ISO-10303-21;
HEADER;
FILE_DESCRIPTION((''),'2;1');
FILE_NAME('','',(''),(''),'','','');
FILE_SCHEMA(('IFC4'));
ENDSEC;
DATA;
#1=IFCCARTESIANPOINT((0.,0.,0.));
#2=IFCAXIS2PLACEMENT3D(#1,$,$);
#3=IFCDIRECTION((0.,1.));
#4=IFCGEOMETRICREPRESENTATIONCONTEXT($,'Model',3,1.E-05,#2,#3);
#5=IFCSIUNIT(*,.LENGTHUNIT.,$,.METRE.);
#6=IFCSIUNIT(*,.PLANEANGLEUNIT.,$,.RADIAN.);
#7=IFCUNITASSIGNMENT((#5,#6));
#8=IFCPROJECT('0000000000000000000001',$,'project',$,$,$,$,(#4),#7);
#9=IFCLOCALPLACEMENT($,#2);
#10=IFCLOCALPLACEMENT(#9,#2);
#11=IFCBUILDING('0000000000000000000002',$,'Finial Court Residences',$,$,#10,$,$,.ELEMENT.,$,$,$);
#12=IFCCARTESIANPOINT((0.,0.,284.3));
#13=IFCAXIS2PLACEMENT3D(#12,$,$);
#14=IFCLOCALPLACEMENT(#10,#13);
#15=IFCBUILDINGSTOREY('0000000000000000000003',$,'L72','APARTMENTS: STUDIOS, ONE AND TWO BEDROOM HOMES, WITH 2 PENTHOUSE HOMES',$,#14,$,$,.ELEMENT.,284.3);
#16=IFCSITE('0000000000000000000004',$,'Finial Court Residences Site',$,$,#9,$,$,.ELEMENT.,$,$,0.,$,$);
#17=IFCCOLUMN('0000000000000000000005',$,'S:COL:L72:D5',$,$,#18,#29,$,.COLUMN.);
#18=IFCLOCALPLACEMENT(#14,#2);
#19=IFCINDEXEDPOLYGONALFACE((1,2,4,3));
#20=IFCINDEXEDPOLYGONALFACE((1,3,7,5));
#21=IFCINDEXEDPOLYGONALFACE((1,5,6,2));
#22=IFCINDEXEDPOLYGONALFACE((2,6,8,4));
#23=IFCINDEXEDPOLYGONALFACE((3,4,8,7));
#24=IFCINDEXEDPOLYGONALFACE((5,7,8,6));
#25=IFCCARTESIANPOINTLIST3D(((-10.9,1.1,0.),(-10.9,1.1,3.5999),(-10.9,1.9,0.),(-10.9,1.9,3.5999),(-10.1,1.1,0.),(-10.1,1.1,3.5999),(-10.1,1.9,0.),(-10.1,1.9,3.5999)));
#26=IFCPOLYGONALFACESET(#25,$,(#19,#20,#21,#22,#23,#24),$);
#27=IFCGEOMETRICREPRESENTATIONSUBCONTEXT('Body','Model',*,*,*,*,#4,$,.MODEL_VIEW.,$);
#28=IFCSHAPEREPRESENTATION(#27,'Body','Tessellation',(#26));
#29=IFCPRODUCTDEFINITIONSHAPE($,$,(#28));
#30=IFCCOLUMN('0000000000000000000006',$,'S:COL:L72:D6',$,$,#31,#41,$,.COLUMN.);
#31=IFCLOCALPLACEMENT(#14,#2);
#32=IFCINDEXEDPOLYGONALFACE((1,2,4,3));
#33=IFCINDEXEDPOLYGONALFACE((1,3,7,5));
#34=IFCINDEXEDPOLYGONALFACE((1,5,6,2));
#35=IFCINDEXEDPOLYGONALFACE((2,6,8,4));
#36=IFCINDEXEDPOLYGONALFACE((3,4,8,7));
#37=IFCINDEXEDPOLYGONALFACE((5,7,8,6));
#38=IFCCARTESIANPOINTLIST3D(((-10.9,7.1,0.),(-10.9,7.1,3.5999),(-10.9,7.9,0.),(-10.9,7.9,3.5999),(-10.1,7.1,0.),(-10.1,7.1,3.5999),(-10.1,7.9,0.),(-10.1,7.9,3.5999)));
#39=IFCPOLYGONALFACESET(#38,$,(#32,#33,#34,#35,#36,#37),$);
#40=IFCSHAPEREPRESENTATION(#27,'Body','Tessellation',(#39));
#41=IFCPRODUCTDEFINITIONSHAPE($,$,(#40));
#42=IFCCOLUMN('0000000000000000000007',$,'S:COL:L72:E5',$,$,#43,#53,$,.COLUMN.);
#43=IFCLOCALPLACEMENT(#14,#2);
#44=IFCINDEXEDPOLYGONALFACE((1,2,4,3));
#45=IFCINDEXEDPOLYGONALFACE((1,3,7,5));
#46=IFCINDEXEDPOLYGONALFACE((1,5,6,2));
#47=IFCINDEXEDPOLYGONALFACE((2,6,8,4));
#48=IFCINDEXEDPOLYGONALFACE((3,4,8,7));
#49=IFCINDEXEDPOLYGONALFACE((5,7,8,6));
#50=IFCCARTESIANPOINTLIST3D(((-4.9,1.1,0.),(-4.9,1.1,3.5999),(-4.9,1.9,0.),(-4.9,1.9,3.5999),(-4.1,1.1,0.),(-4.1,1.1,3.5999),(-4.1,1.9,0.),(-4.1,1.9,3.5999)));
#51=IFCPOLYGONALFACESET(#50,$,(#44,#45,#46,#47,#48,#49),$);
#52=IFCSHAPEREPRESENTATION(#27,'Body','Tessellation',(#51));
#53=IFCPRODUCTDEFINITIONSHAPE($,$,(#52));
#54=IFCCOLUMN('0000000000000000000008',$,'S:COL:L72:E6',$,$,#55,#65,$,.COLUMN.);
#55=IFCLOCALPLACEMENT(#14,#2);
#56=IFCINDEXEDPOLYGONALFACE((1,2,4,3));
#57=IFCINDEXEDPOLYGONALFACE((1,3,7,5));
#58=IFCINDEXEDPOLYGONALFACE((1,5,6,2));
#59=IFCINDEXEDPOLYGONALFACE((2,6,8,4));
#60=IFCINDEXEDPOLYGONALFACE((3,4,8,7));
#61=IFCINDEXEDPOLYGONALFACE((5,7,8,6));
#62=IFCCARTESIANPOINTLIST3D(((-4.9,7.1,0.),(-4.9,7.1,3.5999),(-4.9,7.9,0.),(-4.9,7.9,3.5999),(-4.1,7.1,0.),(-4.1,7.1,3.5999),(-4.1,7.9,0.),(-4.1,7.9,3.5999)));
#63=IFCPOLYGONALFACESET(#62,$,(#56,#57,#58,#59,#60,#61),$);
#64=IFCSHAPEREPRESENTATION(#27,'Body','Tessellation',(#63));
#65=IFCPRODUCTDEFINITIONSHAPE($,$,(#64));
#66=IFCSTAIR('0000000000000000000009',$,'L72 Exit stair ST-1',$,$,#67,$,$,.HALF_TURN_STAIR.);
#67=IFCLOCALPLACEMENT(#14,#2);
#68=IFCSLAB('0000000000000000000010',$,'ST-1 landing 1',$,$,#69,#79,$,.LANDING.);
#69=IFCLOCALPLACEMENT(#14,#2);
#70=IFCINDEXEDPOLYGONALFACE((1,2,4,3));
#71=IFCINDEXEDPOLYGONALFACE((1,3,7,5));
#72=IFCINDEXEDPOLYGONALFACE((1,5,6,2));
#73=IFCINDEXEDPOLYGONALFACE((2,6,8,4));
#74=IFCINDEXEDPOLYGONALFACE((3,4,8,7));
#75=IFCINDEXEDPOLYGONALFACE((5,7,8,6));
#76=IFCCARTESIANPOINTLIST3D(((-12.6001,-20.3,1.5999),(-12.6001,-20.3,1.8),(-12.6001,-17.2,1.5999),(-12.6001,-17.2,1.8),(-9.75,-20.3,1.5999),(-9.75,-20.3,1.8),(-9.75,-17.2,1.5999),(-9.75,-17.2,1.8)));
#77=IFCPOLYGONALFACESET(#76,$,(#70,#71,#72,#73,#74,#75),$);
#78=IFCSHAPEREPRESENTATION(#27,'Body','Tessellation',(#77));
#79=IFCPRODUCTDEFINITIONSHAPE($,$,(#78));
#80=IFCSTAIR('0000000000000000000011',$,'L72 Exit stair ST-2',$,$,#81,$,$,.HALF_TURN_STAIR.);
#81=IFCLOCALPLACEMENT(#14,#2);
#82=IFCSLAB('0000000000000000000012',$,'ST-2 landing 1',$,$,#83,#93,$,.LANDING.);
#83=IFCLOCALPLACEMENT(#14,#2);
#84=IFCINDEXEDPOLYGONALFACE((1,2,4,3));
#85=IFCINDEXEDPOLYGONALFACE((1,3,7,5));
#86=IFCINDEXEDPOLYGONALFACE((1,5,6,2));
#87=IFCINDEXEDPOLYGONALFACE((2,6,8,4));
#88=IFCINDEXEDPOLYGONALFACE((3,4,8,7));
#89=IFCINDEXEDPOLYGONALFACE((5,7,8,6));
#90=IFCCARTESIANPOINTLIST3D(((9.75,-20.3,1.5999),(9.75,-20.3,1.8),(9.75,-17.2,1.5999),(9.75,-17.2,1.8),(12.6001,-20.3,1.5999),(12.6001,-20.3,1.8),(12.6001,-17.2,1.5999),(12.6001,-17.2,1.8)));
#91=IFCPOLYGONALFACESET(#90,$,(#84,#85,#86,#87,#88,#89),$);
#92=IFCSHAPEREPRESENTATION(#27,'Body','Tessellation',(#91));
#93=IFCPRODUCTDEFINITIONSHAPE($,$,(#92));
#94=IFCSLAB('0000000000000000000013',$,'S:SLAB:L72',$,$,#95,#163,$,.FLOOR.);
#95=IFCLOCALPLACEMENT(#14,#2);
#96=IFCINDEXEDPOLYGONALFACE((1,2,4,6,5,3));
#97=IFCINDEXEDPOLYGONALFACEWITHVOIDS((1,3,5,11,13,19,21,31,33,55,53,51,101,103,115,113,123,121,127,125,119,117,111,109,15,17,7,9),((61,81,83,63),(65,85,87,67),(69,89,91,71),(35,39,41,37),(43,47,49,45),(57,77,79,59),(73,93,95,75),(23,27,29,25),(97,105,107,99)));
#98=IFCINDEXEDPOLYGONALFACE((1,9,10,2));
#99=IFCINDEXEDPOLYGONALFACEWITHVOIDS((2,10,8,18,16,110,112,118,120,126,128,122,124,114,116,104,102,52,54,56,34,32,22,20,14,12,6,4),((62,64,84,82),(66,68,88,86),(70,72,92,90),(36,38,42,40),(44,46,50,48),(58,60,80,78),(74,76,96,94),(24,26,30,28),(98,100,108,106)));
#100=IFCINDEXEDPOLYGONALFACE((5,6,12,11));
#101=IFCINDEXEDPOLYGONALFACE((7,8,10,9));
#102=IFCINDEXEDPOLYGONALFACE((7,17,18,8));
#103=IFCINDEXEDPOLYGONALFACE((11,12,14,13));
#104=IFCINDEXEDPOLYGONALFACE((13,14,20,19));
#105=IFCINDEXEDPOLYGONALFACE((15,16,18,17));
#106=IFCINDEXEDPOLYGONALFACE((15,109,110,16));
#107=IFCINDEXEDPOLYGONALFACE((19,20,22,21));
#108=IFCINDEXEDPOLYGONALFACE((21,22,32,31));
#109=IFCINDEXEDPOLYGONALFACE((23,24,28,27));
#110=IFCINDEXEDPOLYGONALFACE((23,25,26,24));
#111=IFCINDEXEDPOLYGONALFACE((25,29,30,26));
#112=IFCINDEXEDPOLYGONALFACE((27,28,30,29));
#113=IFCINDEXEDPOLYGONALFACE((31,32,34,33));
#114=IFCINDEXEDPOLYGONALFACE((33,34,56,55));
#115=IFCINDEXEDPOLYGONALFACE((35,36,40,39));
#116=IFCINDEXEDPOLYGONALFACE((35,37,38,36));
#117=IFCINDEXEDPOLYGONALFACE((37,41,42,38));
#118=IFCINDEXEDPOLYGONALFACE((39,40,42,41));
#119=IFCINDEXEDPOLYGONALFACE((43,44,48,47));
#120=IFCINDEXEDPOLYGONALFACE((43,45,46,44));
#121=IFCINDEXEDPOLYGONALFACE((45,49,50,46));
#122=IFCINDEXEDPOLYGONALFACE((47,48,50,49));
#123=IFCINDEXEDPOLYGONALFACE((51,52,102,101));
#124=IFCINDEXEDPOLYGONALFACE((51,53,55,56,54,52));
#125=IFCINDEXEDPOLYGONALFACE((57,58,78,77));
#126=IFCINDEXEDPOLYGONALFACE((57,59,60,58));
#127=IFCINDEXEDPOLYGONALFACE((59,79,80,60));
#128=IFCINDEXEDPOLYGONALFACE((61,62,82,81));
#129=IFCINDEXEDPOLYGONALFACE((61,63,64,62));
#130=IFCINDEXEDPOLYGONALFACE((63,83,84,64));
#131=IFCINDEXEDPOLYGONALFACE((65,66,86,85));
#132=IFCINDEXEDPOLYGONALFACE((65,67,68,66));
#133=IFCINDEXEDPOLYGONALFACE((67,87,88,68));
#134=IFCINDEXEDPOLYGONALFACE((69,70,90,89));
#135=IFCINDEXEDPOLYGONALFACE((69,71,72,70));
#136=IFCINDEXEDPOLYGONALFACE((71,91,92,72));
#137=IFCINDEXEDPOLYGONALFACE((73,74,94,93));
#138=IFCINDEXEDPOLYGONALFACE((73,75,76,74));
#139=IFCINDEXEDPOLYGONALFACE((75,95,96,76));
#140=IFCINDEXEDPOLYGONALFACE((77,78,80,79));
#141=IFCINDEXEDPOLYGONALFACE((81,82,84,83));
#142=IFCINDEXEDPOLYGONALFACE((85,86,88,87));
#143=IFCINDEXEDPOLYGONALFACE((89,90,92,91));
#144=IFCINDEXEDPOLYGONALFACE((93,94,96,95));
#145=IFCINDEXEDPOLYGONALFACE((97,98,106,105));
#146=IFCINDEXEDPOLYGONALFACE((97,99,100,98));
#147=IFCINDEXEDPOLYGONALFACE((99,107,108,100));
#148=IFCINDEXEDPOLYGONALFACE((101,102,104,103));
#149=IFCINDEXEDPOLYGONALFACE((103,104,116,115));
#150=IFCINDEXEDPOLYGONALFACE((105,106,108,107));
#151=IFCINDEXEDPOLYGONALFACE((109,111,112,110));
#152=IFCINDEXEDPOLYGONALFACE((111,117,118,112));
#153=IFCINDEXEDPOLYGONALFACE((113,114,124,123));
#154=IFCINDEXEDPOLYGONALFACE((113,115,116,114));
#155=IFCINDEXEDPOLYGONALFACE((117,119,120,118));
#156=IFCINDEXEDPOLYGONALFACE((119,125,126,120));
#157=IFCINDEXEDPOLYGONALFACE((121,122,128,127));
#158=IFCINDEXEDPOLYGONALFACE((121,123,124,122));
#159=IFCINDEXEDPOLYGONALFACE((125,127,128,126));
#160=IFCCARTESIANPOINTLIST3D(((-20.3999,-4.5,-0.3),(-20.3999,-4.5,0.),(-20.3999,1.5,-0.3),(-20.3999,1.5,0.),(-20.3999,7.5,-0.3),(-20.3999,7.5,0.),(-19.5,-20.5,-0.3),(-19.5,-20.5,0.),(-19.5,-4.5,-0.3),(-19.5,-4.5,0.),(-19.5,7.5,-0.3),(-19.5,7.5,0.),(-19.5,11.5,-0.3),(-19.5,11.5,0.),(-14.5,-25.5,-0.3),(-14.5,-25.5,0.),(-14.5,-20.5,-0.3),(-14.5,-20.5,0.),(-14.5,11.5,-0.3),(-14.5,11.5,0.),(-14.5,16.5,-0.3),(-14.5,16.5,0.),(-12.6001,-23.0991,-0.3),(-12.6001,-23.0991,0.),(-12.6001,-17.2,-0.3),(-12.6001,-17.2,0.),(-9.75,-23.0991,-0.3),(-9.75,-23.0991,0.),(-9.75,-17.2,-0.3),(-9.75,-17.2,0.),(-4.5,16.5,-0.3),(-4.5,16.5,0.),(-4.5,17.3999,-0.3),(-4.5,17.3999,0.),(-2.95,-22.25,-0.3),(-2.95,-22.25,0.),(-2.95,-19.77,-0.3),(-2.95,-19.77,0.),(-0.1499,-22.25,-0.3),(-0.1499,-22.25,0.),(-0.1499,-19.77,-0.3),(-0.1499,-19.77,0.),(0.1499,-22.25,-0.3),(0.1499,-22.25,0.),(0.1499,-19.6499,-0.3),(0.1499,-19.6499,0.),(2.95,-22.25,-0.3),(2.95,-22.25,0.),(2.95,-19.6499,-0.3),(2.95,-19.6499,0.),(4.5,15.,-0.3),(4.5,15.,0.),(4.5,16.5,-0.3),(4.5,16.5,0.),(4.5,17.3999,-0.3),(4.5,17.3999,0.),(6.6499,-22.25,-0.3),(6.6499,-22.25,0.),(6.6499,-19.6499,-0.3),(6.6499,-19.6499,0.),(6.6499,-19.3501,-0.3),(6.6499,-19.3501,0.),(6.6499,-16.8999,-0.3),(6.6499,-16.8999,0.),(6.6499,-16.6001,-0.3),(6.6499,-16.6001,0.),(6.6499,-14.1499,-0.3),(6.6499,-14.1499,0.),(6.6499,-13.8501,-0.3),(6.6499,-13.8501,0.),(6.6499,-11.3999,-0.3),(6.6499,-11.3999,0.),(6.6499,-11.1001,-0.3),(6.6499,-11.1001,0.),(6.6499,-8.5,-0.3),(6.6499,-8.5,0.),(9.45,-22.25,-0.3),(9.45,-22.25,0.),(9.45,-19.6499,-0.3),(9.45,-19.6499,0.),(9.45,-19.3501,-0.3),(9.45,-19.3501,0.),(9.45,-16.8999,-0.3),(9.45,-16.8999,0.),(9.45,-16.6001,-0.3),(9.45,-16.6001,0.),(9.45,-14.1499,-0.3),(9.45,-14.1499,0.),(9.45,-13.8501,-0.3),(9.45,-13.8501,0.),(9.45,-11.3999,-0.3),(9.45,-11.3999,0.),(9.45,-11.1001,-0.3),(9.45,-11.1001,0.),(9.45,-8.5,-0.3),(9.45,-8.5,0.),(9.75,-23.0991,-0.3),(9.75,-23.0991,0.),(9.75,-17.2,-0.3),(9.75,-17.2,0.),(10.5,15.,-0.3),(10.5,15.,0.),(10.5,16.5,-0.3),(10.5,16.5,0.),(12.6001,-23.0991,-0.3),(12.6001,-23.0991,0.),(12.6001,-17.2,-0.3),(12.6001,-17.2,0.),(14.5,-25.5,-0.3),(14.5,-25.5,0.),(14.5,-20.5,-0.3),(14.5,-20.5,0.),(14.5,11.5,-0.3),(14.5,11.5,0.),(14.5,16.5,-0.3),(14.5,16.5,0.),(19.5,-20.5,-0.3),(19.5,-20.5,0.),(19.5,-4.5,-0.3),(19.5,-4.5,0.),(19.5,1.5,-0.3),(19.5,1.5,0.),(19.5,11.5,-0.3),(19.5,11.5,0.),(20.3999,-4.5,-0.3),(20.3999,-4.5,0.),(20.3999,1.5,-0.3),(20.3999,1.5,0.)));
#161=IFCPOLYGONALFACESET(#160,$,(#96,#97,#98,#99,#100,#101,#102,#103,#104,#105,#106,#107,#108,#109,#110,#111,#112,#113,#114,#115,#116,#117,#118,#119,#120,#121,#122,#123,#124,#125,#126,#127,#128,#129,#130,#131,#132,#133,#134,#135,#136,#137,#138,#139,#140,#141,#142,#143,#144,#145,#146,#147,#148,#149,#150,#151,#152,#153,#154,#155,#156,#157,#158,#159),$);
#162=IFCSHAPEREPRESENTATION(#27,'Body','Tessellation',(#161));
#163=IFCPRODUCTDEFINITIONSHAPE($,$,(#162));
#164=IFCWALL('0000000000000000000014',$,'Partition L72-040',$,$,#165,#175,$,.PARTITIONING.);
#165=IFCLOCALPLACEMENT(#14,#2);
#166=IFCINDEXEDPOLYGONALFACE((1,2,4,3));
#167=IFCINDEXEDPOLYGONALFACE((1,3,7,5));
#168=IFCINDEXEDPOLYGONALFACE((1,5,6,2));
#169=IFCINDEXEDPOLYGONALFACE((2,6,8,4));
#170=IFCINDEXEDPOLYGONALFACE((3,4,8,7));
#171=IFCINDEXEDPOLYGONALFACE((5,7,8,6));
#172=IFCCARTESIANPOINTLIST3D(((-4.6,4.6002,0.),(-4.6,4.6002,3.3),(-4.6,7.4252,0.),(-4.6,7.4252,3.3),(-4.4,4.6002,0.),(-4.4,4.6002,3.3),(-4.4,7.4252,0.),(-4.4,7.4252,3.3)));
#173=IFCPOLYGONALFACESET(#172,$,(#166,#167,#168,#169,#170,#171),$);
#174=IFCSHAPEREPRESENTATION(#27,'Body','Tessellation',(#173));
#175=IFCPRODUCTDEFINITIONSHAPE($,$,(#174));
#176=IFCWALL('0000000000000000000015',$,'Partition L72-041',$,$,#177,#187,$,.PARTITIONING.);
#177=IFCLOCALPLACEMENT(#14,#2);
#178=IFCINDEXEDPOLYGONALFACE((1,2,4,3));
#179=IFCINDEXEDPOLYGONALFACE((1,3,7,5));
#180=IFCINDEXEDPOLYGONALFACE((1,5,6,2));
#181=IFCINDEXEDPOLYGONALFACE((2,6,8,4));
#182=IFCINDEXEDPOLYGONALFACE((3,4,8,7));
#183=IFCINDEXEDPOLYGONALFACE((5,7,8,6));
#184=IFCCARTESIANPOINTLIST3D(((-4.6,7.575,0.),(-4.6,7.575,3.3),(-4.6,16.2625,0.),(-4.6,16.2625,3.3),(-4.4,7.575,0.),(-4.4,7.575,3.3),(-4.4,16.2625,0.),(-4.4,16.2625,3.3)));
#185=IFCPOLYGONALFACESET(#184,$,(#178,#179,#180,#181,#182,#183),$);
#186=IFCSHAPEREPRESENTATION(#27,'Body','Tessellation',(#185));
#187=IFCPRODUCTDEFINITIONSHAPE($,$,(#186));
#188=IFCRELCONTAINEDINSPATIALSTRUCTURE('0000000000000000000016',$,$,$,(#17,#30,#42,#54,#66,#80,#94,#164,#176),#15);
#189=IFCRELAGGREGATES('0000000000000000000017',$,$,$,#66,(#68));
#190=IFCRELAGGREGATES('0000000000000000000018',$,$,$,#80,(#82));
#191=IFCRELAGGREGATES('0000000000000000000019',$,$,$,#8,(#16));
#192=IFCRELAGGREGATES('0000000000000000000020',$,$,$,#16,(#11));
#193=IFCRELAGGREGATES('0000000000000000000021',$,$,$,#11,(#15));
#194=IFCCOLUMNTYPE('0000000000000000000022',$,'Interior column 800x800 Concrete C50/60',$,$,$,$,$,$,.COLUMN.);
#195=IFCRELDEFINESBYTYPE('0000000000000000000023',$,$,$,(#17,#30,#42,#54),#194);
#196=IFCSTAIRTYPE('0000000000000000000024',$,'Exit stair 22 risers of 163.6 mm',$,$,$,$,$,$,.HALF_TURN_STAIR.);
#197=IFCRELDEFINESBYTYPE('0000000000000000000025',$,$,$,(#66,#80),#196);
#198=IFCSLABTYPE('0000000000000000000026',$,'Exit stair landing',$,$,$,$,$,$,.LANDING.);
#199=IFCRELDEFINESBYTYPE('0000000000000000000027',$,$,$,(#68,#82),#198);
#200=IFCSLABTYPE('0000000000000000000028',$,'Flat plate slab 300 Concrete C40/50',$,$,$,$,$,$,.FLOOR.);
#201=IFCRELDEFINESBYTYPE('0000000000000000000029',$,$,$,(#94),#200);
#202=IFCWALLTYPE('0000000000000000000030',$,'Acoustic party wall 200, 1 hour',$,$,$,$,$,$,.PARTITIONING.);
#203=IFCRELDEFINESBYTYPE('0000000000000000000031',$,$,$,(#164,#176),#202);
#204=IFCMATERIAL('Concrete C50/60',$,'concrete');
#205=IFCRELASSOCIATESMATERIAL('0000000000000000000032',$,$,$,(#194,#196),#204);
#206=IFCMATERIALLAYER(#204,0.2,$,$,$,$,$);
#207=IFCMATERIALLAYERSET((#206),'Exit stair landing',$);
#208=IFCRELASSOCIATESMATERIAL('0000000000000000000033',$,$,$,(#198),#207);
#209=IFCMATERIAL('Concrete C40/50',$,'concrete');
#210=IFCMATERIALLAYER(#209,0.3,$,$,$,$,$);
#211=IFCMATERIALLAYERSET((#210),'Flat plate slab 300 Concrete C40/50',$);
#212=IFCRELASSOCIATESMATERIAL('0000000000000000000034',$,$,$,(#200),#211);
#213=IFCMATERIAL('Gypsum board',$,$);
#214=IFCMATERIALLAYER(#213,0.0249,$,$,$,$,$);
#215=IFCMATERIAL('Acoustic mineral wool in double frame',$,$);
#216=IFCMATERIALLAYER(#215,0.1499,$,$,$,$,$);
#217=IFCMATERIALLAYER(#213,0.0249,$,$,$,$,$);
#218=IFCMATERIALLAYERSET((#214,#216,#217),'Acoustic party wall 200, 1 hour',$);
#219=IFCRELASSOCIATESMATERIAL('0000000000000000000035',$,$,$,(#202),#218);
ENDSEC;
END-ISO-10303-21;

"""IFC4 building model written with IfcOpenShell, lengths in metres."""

from ifc_helpers import new_model, si_unit, direction, frame, frame_2d, origin, origin_2d, place, context, subcontext, project, spatial, polyline, rectangle, outline, extrude, material, layer, layer_set, material_profile, profile_set, type_object, element, aggregate, save


model = new_model("IFC4")

# Units and contexts
model_context = context("Model", 3, precision=1e-05, world=origin(), true_north=direction((0.0, 1.0)))
body_context = subcontext(model_context, "Body", "Model", "MODEL_VIEW")
ifc_project = project(units=[si_unit("LENGTHUNIT", "METRE"), si_unit("PLANEANGLEUNIT", "RADIAN")], contexts=[model_context])

# Site, building, storey
site_placement = place(None, origin())
site = spatial("IfcSite", under=ifc_project, at=site_placement, Name="Finial Court Residences Site", CompositionType="ELEMENT", RefElevation=0.0)
building_placement = place(site_placement, origin())
building = spatial("IfcBuilding", under=site, at=building_placement, Name="Finial Court Residences", CompositionType="ELEMENT")
storey_placement = place(building_placement, frame((0.0, 0.0, 284.3)))
storey = spatial("IfcBuildingStorey", under=building, at=storey_placement, Name="L72", Description="APARTMENTS: STUDIOS, ONE AND TWO BEDROOM HOMES, WITH 2 PENTHOUSE HOMES", CompositionType="ELEMENT", Elevation=284.3)

# Columns
ifc_material_1 = material(Name="Concrete C50/60", Category="concrete")
ifc_material_profile = material_profile(ifc_material_1, rectangle(XDim=0.8, YDim=0.8, at=origin_2d()), Name="800x800")
ifc_profile_set = profile_set([ifc_material_profile], Name="Concrete C50/60")
column_type = type_object("IfcColumnType", Name="Interior column 800x800 Concrete C50/60", PredefinedType="COLUMN", material=ifc_profile_set)
for number, where, z_axis, x_axis, name in (
    (1, (-10.5, 1.5, 0.0), (0.0, 0.0, 1.0), (1.0, 0.0, 0.0), "S:COL:L72:D5"),
    (2, (-10.5, 7.5, 0.0), (0.0, 0.0, 1.0), (1.0, 0.0, 0.0), "S:COL:L72:D6"),
    (3, (-4.5, 1.5, 0.0), (0.0, 0.0, 1.0), (1.0, 0.0, 0.0), "S:COL:L72:E5"),
    (4, (-4.5, 7.5, 0.0), (0.0, 0.0, 1.0), (1.0, 0.0, 0.0), "S:COL:L72:E6"),
):
    element("IfcColumn", number, at=place(storey_placement, frame(where, z_axis=z_axis, x_axis=x_axis)), inside=storey, type_object=column_type, Name=name, PredefinedType="COLUMN", context=body_context, shape_type="SweptSolid", body=[
        extrude(rectangle(XDim=0.8, YDim=0.8, at=origin_2d()), origin(), (0.0, 0.0, 1.0), 3.5999),
    ])

# Stairs, slabs
stair_type = type_object("IfcStairType", Name="Exit stair 22 risers of 163.6 mm", PredefinedType="HALF_TURN_STAIR", material=ifc_material_1)
stair_1_placement = place(storey_placement, origin())
stair_1 = element("IfcStair", 5, at=stair_1_placement, inside=storey, type_object=stair_type, Name="L72 Exit stair ST-1", PredefinedType="HALF_TURN_STAIR")
ifc_layer_1 = layer(ifc_material_1, 0.2)
ifc_layer_set_1 = layer_set([ifc_layer_1], Name="Exit stair landing")
slab_type_1 = type_object("IfcSlabType", Name="Exit stair landing", PredefinedType="LANDING", material=ifc_layer_set_1)
slab_1_placement = place(storey_placement, frame((0.0, 0.0, 1.5999)))
slab_1 = element("IfcSlab", 6, at=slab_1_placement, type_object=slab_type_1, Name="ST-1 landing 1", PredefinedType="LANDING", context=body_context, shape_type="SweptSolid", body=[
    extrude(outline(polyline([(-9.75, -20.3), (-9.75, -17.2), (-12.6001, -17.2), (-12.6001, -20.3), (-9.75, -20.3)])), origin(), (0.0, 0.0, 1.0), 0.2002),
])
aggregate(stair_1, [slab_1])
stair_2_placement = place(storey_placement, origin())
stair_2 = element("IfcStair", 7, at=stair_2_placement, inside=storey, type_object=stair_type, Name="L72 Exit stair ST-2", PredefinedType="HALF_TURN_STAIR")
slab_2_placement = place(storey_placement, frame((0.0, 0.0, 1.5999)))
slab_2 = element("IfcSlab", 8, at=slab_2_placement, type_object=slab_type_1, Name="ST-2 landing 1", PredefinedType="LANDING", context=body_context, shape_type="SweptSolid", body=[
    extrude(outline(polyline([(12.6001, -20.3), (12.6001, -17.2), (9.75, -17.2), (9.75, -20.3), (12.6001, -20.3)])), origin(), (0.0, 0.0, 1.0), 0.2002),
])
aggregate(stair_2, [slab_2])

# Slab
ifc_material_2 = material(Name="Concrete C40/50", Category="concrete")
ifc_layer_2 = layer(ifc_material_2, 0.3)
ifc_layer_set_2 = layer_set([ifc_layer_2], Name="Flat plate slab 300 Concrete C40/50")
slab_type_2 = type_object("IfcSlabType", Name="Flat plate slab 300 Concrete C40/50", PredefinedType="FLOOR", material=ifc_layer_set_2)
slab_3_placement = place(storey_placement, frame((0.0, 0.0, -0.3)))
element("IfcSlab", 9, at=slab_3_placement, inside=storey, type_object=slab_type_2, Name="S:SLAB:L72", PredefinedType="FLOOR", context=body_context, shape_type="SweptSolid", body=[
    extrude(outline(polyline([(-20.3999, -4.5), (-20.3999, 1.5), (-20.3999, 7.5), (-19.5, 7.5), (-19.5, 11.5), (-14.5, 11.5), (-14.5, 16.5), (-4.5, 16.5), (-4.5, 17.3999), (4.5, 17.3999), (4.5, 16.5), (4.5, 15.0), (10.5, 15.0), (10.5, 16.5), (14.5, 16.5), (14.5, 11.5), (19.5, 11.5), (19.5, 1.5), (20.3999, 1.5), (20.3999, -4.5), (19.5, -4.5), (19.5, -20.5), (14.5, -20.5), (14.5, -25.5), (-14.5, -25.5), (-14.5, -20.5), (-19.5, -20.5), (-19.5, -4.5), (-20.3999, -4.5)]), holes=[polyline([(-0.1499, -19.77), (-2.95, -19.77), (-2.95, -22.25), (-0.1499, -22.25), (-0.1499, -19.77)]), polyline([(2.95, -19.6499), (0.1499, -19.6499), (0.1499, -22.25), (2.95, -22.25), (2.95, -19.6499)]), polyline([(9.45, -19.6499), (6.6499, -19.6499), (6.6499, -22.25), (9.45, -22.25), (9.45, -19.6499)]), polyline([(-12.6001, -17.2), (-12.6001, -23.0991), (-9.75, -23.0991), (-9.75, -17.2), (-12.6001, -17.2)]), polyline([(9.75, -17.2), (9.75, -23.0991), (12.6001, -23.0991), (12.6001, -17.2), (9.75, -17.2)]), polyline([(9.45, -16.8999), (6.6499, -16.8999), (6.6499, -19.3501), (9.45, -19.3501), (9.45, -16.8999)]), polyline([(9.45, -14.1499), (6.6499, -14.1499), (6.6499, -16.6001), (9.45, -16.6001), (9.45, -14.1499)]), polyline([(9.45, -13.8501), (9.45, -11.3999), (6.6499, -11.3999), (6.6499, -13.8501), (9.45, -13.8501)]), polyline([(9.45, -11.1001), (9.45, -8.5), (6.6499, -8.5), (6.6499, -11.1001), (9.45, -11.1001)])]), origin(), (0.0, 0.0, 1.0), 0.3),
])

# Walls
ifc_material_3 = material(Name="Gypsum board")
ifc_layer_3 = layer(ifc_material_3, 0.0249)
ifc_material_4 = material(Name="Acoustic mineral wool in double frame")
ifc_layer_4 = layer(ifc_material_4, 0.1499)
ifc_layer_5 = layer(ifc_material_3, 0.0249)
ifc_layer_set_3 = layer_set([ifc_layer_3, ifc_layer_4, ifc_layer_5], Name="Acoustic party wall 200, 1 hour")
wall_type_1 = type_object("IfcWallType", Name="Acoustic party wall 200, 1 hour", PredefinedType="PARTITIONING", material=ifc_layer_set_3)
wall_1_placement = place(storey_placement, frame((-4.5, 4.6001, 0.0), z_axis=(0.0, 0.0, 1.0), x_axis=(0.0, 1.0, 0.0)))
element("IfcWall", 10, at=wall_1_placement, inside=storey, type_object=wall_type_1, Name="Partition L72-040", PredefinedType="PARTITIONING", context=body_context, shape_type="SweptSolid", body=[
    extrude(rectangle(XDim=2.825, YDim=0.2, at=frame_2d((1.4126, 0.0))), origin(), (0.0, 0.0, 1.0), 3.3),
])
wall_2_placement = place(storey_placement, frame((-4.5, 7.575, 0.0), z_axis=(0.0, 0.0, 1.0), x_axis=(0.0, 1.0, 0.0)))
element("IfcWall", 11, at=wall_2_placement, inside=storey, type_object=wall_type_1, Name="Partition L72-041", PredefinedType="PARTITIONING", context=body_context, shape_type="SweptSolid", body=[
    extrude(rectangle(XDim=8.6875, YDim=0.2, at=frame_2d((4.3438, 0.0))), origin(), (0.0, 0.0, 1.0), 3.3),
])

save(model, "model.ifc")
